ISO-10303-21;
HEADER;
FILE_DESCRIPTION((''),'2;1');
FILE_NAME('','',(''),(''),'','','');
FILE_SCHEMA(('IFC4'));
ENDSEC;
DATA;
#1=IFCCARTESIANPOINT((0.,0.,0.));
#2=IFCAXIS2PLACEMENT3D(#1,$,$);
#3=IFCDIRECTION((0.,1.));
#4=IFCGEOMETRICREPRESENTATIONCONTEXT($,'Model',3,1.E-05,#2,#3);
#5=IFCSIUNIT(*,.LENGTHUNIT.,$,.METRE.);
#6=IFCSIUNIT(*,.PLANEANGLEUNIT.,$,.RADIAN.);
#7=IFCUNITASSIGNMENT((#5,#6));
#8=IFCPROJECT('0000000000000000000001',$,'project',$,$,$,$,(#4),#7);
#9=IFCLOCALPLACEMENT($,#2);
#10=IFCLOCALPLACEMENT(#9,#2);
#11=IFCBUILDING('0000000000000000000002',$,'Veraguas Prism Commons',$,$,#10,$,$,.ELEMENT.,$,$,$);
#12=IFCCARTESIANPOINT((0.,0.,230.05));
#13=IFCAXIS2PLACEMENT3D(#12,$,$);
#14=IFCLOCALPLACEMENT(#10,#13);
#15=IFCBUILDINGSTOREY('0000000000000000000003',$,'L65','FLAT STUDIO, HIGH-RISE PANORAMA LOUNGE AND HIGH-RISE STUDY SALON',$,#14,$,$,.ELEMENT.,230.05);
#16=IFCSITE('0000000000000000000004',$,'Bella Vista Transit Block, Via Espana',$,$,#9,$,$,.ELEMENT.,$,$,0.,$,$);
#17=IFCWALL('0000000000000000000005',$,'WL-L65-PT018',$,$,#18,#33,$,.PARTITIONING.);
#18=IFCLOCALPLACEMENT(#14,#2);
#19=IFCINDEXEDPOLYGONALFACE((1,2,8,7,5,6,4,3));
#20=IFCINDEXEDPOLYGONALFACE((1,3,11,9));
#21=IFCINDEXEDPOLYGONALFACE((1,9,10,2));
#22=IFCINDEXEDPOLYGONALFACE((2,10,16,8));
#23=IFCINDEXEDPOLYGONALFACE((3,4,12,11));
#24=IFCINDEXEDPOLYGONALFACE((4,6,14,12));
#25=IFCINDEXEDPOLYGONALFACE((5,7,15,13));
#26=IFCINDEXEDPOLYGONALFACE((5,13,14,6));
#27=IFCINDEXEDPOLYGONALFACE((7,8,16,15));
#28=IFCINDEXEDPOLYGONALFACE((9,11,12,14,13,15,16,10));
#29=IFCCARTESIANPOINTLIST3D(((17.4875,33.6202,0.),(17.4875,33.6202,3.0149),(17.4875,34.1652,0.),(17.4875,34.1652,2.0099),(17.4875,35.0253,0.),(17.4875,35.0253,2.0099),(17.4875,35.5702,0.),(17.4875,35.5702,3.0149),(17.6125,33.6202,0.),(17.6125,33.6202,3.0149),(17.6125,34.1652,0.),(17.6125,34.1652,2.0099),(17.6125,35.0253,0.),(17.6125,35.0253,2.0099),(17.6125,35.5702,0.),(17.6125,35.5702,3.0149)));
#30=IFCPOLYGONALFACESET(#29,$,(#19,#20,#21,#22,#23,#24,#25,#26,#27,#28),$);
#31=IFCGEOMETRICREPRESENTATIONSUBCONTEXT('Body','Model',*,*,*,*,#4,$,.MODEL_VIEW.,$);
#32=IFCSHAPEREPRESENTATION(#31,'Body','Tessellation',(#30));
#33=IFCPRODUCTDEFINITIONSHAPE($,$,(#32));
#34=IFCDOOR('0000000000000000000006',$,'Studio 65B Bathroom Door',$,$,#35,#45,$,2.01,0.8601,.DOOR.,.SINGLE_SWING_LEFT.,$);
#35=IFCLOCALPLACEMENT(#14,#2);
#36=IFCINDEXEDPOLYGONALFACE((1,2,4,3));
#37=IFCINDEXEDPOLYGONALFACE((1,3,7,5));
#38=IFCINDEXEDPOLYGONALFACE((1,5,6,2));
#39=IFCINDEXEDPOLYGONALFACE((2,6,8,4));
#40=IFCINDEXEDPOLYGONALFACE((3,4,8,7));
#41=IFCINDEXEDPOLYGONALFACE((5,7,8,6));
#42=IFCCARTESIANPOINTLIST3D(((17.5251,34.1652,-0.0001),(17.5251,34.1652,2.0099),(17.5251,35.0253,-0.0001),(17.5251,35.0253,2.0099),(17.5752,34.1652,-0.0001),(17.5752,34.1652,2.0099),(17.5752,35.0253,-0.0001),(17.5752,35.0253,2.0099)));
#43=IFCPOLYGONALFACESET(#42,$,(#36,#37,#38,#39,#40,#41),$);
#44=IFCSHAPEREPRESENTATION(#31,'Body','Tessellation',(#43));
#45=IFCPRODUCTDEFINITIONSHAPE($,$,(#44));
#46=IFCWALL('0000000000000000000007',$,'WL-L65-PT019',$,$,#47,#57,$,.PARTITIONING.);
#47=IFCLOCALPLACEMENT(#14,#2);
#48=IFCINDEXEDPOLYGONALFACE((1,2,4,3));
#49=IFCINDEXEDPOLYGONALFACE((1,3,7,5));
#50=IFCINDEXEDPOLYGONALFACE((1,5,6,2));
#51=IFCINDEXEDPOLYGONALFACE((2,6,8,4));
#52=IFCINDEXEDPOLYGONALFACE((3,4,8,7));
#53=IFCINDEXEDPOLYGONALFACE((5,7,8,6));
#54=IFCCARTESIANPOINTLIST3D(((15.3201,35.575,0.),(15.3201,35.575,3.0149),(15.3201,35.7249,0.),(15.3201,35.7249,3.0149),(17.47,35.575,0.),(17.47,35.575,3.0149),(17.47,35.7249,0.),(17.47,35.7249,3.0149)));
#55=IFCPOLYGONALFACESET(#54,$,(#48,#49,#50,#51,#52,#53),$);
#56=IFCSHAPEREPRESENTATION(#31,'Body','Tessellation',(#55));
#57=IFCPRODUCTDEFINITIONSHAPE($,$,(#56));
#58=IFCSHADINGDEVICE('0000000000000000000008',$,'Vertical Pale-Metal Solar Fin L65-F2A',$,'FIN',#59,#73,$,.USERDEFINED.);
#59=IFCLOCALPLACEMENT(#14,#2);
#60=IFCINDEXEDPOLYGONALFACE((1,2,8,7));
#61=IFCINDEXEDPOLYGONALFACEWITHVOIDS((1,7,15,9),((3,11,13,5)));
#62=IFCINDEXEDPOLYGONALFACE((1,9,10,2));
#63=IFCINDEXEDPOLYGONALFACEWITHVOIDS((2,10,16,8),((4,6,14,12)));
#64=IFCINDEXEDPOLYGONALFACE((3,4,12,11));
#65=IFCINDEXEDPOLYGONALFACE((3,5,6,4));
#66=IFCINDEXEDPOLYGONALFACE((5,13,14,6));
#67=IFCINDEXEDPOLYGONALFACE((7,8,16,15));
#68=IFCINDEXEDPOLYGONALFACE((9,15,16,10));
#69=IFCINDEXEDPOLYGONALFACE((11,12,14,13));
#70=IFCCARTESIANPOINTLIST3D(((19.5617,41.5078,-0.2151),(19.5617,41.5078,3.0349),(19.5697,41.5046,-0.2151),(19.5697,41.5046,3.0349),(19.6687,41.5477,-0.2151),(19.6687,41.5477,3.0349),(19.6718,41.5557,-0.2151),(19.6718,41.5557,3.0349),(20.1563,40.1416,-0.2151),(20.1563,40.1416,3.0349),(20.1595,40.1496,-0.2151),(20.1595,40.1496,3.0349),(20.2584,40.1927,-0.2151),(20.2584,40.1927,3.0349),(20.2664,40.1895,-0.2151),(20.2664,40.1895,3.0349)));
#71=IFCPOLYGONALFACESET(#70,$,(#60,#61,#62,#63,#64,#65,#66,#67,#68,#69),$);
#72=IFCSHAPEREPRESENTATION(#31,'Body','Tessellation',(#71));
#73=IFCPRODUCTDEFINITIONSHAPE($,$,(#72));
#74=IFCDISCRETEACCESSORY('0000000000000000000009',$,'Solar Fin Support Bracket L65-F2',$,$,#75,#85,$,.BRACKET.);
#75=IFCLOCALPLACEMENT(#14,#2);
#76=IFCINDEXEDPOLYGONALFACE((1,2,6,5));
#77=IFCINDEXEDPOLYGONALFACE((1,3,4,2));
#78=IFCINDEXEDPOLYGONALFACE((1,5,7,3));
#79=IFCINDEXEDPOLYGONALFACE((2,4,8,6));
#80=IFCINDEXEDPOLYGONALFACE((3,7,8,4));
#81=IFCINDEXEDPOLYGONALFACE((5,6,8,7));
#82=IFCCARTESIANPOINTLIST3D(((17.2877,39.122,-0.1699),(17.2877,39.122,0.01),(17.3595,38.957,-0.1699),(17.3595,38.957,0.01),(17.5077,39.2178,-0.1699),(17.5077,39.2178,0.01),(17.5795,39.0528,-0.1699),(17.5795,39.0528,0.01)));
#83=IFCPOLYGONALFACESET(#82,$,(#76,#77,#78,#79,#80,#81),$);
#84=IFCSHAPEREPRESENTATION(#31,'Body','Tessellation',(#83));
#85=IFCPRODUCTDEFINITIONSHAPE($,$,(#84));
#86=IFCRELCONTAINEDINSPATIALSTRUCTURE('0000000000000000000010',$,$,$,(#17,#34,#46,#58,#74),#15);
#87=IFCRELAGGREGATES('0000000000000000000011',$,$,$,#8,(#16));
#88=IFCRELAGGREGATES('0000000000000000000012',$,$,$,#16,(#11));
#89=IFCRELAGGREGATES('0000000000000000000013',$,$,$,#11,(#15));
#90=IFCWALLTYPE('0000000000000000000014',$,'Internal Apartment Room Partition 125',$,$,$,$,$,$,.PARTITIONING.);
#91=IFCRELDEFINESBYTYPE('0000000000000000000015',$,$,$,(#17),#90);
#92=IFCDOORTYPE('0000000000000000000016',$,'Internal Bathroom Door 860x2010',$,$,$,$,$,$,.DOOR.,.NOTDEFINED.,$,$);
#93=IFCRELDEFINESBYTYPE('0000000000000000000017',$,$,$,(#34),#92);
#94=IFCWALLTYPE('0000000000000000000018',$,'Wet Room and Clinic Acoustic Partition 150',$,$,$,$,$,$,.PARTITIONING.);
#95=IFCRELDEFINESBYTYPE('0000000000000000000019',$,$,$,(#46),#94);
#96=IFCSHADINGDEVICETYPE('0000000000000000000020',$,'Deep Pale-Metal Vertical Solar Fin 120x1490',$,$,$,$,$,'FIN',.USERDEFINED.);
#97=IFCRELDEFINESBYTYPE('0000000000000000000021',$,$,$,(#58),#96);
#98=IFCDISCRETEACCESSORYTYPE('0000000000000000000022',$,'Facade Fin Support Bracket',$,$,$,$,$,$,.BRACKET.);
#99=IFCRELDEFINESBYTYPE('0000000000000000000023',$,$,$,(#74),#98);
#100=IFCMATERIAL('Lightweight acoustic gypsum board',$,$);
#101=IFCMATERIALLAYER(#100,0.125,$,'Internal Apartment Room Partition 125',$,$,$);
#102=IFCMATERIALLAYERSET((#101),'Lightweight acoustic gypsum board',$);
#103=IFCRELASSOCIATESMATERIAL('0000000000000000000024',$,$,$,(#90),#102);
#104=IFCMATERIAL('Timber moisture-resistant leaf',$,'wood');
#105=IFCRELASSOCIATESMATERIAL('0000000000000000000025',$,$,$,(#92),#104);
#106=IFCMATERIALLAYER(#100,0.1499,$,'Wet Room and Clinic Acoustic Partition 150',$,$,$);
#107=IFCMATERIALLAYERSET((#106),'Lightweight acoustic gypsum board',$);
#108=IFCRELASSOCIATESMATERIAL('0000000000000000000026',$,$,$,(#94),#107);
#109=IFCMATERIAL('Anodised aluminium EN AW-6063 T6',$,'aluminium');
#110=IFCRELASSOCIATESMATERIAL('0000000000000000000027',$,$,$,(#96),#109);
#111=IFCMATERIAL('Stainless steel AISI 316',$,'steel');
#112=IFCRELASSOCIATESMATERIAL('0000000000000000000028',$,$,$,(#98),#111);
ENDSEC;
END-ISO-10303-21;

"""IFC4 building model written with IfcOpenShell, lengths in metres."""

from ifc_helpers import new_model, si_unit, direction, frame, frame_2d, origin, origin_2d, place, context, subcontext, project, spatial, rectangle, hollow_rectangle, extrude, source, transform, mapped, material, layer, layer_set, material_profile, profile_set, type_object, element, fill, save


model = new_model("IFC4")

# Units and contexts
model_context = context("Model", 3, precision=1e-05, world=origin(), true_north=direction((0.0, 1.0)))
body_context = subcontext(model_context, "Body", "Model", "MODEL_VIEW")
ifc_project = project(units=[si_unit("LENGTHUNIT", "METRE"), si_unit("PLANEANGLEUNIT", "RADIAN")], contexts=[model_context])

# Site, building, storey
site_placement = place(None, origin())
site = spatial("IfcSite", under=ifc_project, at=site_placement, Name="Bella Vista Transit Block, Via Espana", CompositionType="ELEMENT", RefElevation=0.0)
building_placement = place(site_placement, origin())
building = spatial("IfcBuilding", under=site, at=building_placement, Name="Veraguas Prism Commons", CompositionType="ELEMENT")
storey_placement = place(building_placement, frame((0.0, 0.0, 230.05)))
storey = spatial("IfcBuildingStorey", under=building, at=storey_placement, Name="L65", Description="FLAT STUDIO, HIGH-RISE PANORAMA LOUNGE AND HIGH-RISE STUDY SALON", CompositionType="ELEMENT", Elevation=230.05)

# Shared definitions
ifc_material_1 = material(Name="Anodised aluminium EN AW-6063 T6", Category="aluminium")

# Shared definitions
ifc_material_2 = material(Name="Stainless steel AISI 316", Category="steel")

# Wall, opening, door
ifc_material_3 = material(Name="Lightweight acoustic gypsum board")
ifc_layer_1 = layer(ifc_material_3, 0.125, Name="Internal Apartment Room Partition 125")
ifc_layer_set_1 = layer_set([ifc_layer_1], Name="Lightweight acoustic gypsum board")
wall_type_1 = type_object("IfcWallType", Name="Internal Apartment Room Partition 125", PredefinedType="PARTITIONING", material=ifc_layer_set_1)
wall_1_placement = place(storey_placement, frame((17.55, 33.6201, 0.0), z_axis=(0.0, 0.0, 1.0), x_axis=(0.0, 1.0, 0.0)))
wall_1 = element("IfcWall", 1, at=wall_1_placement, inside=storey, type_object=wall_type_1, Name="WL-L65-PT018", PredefinedType="PARTITIONING", context=body_context, shape_type="SweptSolid", body=[
    extrude(rectangle(XDim=1.95, YDim=0.125, at=frame_2d((0.9751, 0.0))), origin(), (0.0, 0.0, 1.0), 3.0149),
])
opening_1_placement = place(wall_1_placement, frame((0.5449, 0.0, 0.0)))
opening_1 = element("IfcOpeningElement", 2, at=opening_1_placement, cuts=wall_1, PredefinedType="OPENING", context=body_context, shape_type="SweptSolid", body=[
    extrude(rectangle(XDim=0.8601, YDim=2.01, at=frame_2d((0.4302, 1.0049))), frame((0.0, 0.0725, 0.0), z_axis=(0.0, -1.0, 0.0), x_axis=(1.0, 0.0, 0.0)), (0.0, 0.0, 1.0), 0.145),
])
ifc_material_4 = material(Name="Timber moisture-resistant leaf", Category="wood")
door_type_1 = type_object("IfcDoorType", Name="Internal Bathroom Door 860x2010", OperationType="NOTDEFINED", PredefinedType="DOOR", material=ifc_material_4)
shared_shape_1 = source(origin(), body_context, "Body", "SweptSolid", [
    extrude(rectangle(XDim=0.8601, YDim=2.01, at=frame_2d((0.4302, 1.0049))), frame((0.0, 0.0249, 0.0), z_axis=(0.0, -1.0, 0.0), x_axis=(1.0, 0.0, 0.0)), (0.0, 0.0, 1.0), 0.05),
])
door_1_placement = place(opening_1_placement, origin())
door_1 = element("IfcDoor", 3, at=door_1_placement, inside=storey, type_object=door_type_1, Name="Studio 65B Bathroom Door", OperationType="SINGLE_SWING_LEFT", OverallHeight=2.01, OverallWidth=0.8601, PredefinedType="DOOR", context=body_context, shape_type="MappedRepresentation", body=[
    mapped(shared_shape_1, transform((0.0, 0.0, 0.0), scale=1.0)),
])
fill(opening_1, door_1)

# Wall
ifc_layer_2 = layer(ifc_material_3, 0.1499, Name="Wet Room and Clinic Acoustic Partition 150")
ifc_layer_set_2 = layer_set([ifc_layer_2], Name="Lightweight acoustic gypsum board")
wall_type_2 = type_object("IfcWallType", Name="Wet Room and Clinic Acoustic Partition 150", PredefinedType="PARTITIONING", material=ifc_layer_set_2)
wall_2_placement = place(storey_placement, frame((15.3201, 35.6499, 0.0), z_axis=(0.0, 0.0, 1.0), x_axis=(1.0, 0.0, 0.0)))
element("IfcWall", 4, at=wall_2_placement, inside=storey, type_object=wall_type_2, Name="WL-L65-PT019", PredefinedType="PARTITIONING", context=body_context, shape_type="SweptSolid", body=[
    extrude(rectangle(XDim=2.1499, YDim=0.1499, at=frame_2d((1.075, 0.0))), origin(), (0.0, 0.0, 1.0), 3.0149),
])

# Shading device
ifc_material_profile_1 = material_profile(ifc_material_1, hollow_rectangle(XDim=0.1201, YDim=1.49, WallThickness=0.0061, at=origin_2d()), Name="FIN120X1490X6")
ifc_profile_set_1 = profile_set([ifc_material_profile_1], Name="Anodised aluminium EN AW-6063 T6")
shading_device_type = type_object("IfcShadingDeviceType", Name="Deep Pale-Metal Vertical Solar Fin 120x1490", ElementType="FIN", PredefinedType="USERDEFINED", material=ifc_profile_set_1)
shading_device_placement = place(storey_placement, frame((19.9141, 40.8486, -0.2151), z_axis=(0.0, 0.0, 1.0), x_axis=(-0.91692, -0.399071, 0.0)))
element("IfcShadingDevice", 5, at=shading_device_placement, inside=storey, type_object=shading_device_type, Name="Vertical Pale-Metal Solar Fin L65-F2A", ObjectType="FIN", PredefinedType="USERDEFINED", context=body_context, shape_type="SweptSolid", body=[
    extrude(hollow_rectangle(XDim=0.1201, YDim=1.49, WallThickness=0.0061, at=origin_2d()), origin(), (0.0, 0.0, 1.0), 3.25),
])

# Discrete accessory
discrete_accessory_type = type_object("IfcDiscreteAccessoryType", Name="Facade Fin Support Bracket", PredefinedType="BRACKET", material=ifc_material_2)
shared_shape_2 = source(origin(), body_context, "Body", "SweptSolid", [
    extrude(rectangle(XDim=0.24, YDim=0.1799, at=origin_2d()), origin(), (0.0, 0.0, 1.0), 0.1799),
])
discrete_accessory_placement = place(storey_placement, frame((17.4336, 39.0874, -0.1699), z_axis=(0.0, 0.0, 1.0), x_axis=(-0.91692, -0.399071, 0.0)))
element("IfcDiscreteAccessory", 6, at=discrete_accessory_placement, inside=storey, type_object=discrete_accessory_type, Name="Solar Fin Support Bracket L65-F2", PredefinedType="BRACKET", context=body_context, shape_type="MappedRepresentation", body=[
    mapped(shared_shape_2, transform((0.0, 0.0, 0.0), scale=1.0)),
])

save(model, "model.ifc")
